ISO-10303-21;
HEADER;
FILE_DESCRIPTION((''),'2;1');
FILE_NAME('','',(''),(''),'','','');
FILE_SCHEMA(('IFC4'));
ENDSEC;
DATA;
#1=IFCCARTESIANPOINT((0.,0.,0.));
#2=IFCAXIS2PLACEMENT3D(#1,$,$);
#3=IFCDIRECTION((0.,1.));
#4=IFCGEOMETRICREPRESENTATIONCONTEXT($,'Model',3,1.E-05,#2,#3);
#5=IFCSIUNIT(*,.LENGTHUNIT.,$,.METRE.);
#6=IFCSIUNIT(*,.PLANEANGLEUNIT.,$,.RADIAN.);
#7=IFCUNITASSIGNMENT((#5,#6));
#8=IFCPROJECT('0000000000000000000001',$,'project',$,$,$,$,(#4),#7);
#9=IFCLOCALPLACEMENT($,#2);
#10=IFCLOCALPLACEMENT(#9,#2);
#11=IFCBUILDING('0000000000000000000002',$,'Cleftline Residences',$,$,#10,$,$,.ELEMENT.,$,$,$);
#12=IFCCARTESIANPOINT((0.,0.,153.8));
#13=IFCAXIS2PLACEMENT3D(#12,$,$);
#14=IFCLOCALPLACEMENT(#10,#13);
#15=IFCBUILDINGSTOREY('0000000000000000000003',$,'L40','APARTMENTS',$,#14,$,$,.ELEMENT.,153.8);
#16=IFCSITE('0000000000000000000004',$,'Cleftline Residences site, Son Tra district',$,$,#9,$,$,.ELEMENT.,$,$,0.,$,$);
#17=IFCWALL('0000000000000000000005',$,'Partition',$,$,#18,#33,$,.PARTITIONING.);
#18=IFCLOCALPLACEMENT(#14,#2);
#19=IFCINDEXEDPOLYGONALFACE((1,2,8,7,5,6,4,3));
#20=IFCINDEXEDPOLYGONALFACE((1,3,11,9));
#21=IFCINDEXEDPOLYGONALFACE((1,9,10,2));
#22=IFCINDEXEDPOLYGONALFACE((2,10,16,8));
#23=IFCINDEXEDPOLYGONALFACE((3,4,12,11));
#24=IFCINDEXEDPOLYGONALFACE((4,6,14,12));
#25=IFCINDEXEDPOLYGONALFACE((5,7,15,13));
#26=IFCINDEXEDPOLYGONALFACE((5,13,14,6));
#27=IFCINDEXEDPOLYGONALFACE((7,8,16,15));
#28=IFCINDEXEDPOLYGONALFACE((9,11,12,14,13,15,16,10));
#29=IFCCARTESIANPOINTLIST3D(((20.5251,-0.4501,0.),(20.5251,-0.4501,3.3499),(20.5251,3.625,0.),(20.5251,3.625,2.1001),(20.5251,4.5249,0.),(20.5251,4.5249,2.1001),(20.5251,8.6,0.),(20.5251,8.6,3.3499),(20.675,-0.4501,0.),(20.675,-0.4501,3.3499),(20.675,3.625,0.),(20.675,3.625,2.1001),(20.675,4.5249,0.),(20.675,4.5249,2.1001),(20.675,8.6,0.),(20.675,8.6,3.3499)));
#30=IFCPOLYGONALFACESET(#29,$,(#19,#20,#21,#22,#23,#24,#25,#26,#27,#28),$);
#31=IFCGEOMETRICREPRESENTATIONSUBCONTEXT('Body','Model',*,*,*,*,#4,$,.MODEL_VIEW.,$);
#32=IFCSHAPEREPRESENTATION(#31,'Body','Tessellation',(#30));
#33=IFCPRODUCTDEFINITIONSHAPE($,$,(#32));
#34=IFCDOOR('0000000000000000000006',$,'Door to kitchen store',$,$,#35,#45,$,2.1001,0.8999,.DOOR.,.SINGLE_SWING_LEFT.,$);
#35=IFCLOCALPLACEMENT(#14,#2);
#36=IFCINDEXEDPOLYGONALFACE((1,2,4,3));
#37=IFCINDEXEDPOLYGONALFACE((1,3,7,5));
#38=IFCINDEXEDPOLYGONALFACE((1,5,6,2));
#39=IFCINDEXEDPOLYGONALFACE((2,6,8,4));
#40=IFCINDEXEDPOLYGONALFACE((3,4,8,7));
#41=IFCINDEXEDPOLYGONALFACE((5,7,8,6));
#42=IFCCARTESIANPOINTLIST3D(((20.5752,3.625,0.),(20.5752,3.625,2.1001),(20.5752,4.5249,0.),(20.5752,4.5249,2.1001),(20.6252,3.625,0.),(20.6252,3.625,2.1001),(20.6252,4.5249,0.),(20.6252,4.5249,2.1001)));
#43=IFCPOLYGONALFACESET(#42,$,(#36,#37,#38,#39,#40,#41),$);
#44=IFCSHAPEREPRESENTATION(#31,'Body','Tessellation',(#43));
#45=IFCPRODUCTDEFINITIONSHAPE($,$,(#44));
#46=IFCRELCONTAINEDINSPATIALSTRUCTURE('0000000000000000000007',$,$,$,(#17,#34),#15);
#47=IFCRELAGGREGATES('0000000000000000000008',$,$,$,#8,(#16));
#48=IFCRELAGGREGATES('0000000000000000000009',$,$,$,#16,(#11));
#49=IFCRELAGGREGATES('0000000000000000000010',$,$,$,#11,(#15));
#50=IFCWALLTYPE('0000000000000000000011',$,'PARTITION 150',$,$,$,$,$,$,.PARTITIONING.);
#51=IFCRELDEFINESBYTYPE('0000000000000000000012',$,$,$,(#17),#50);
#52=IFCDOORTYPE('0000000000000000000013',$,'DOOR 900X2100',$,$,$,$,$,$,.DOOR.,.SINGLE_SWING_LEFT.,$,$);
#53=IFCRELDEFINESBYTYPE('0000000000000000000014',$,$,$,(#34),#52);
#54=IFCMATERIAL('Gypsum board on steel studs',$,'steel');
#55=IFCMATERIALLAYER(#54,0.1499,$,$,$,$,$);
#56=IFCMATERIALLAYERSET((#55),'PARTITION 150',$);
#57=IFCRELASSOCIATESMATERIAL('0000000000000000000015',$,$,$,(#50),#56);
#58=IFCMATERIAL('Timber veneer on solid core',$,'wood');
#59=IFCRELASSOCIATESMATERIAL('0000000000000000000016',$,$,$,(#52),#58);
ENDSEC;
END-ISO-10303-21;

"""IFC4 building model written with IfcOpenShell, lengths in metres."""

from ifc_helpers import new_model, si_unit, direction, frame, frame_2d, origin, place, context, subcontext, project, spatial, rectangle, extrude, material, layer, layer_set, type_object, element, fill, save


model = new_model("IFC4")

# Units and contexts
model_context = context("Model", 3, precision=1e-05, world=origin(), true_north=direction((0.0, 1.0)))
body_context = subcontext(model_context, "Body", "Model", "MODEL_VIEW")
ifc_project = project(units=[si_unit("LENGTHUNIT", "METRE"), si_unit("PLANEANGLEUNIT", "RADIAN")], contexts=[model_context])

# Site, building, storey
site_placement = place(None, origin())
site = spatial("IfcSite", under=ifc_project, at=site_placement, Name="Cleftline Residences site, Son Tra district", CompositionType="ELEMENT", RefElevation=0.0)
building_placement = place(site_placement, origin())
building = spatial("IfcBuilding", under=site, at=building_placement, Name="Cleftline Residences", CompositionType="ELEMENT")
storey_placement = place(building_placement, frame((0.0, 0.0, 153.8)))
storey = spatial("IfcBuildingStorey", under=building, at=storey_placement, Name="L40", Description="APARTMENTS", CompositionType="ELEMENT", Elevation=153.8)

# Shared definitions
ifc_material_1 = material(Name="Gypsum board on steel studs", Category="steel")
ifc_layer_1 = layer(ifc_material_1, 0.1499)
ifc_layer_set_1 = layer_set([ifc_layer_1], Name="PARTITION 150")
wall_type_1 = type_object("IfcWallType", Name="PARTITION 150", PredefinedType="PARTITIONING", material=ifc_layer_set_1)

# Wall, opening, door
wall_1_placement = place(storey_placement, frame((20.6001, -0.45, 0.0), z_axis=(0.0, 0.0, 1.0), x_axis=(0.0, 1.0, 0.0)))
wall_1 = element("IfcWall", 1, at=wall_1_placement, inside=storey, type_object=wall_type_1, Name="Partition", PredefinedType="PARTITIONING", context=body_context, shape_type="SweptSolid", body=[
    extrude(rectangle(XDim=9.05, YDim=0.1499, at=frame_2d((4.5249, 0.0))), origin(), (0.0, 0.0, 1.0), 3.3499),
])
opening_1_placement = place(wall_1_placement, frame((4.075, 0.0, 0.0)))
opening_1 = element("IfcOpeningElement", 2, at=opening_1_placement, cuts=wall_1, PredefinedType="OPENING", context=body_context, shape_type="SweptSolid", body=[
    extrude(rectangle(XDim=0.8999, YDim=2.1001, at=frame_2d((0.45, 1.05))), frame((0.0, 0.085, 0.0), z_axis=(0.0, -1.0, 0.0), x_axis=(1.0, 0.0, 0.0)), (0.0, 0.0, 1.0), 0.1699),
])
ifc_material_2 = material(Name="Timber veneer on solid core", Category="wood")
door_type_1 = type_object("IfcDoorType", Name="DOOR 900X2100", OperationType="SINGLE_SWING_LEFT", PredefinedType="DOOR", material=ifc_material_2)
door_1_placement = place(opening_1_placement, origin())
door_1 = element("IfcDoor", 3, at=door_1_placement, inside=storey, type_object=door_type_1, Name="Door to kitchen store", OperationType="SINGLE_SWING_LEFT", OverallHeight=2.1001, OverallWidth=0.8999, PredefinedType="DOOR", context=body_context, shape_type="SweptSolid", body=[
    extrude(rectangle(XDim=0.8999, YDim=2.1001, at=frame_2d((0.45, 1.05))), frame((0.0, 0.0249, 0.0), z_axis=(0.0, -1.0, 0.0), x_axis=(1.0, 0.0, 0.0)), (0.0, 0.0, 1.0), 0.05),
])
fill(opening_1, door_1)

save(model, "model.ifc")
